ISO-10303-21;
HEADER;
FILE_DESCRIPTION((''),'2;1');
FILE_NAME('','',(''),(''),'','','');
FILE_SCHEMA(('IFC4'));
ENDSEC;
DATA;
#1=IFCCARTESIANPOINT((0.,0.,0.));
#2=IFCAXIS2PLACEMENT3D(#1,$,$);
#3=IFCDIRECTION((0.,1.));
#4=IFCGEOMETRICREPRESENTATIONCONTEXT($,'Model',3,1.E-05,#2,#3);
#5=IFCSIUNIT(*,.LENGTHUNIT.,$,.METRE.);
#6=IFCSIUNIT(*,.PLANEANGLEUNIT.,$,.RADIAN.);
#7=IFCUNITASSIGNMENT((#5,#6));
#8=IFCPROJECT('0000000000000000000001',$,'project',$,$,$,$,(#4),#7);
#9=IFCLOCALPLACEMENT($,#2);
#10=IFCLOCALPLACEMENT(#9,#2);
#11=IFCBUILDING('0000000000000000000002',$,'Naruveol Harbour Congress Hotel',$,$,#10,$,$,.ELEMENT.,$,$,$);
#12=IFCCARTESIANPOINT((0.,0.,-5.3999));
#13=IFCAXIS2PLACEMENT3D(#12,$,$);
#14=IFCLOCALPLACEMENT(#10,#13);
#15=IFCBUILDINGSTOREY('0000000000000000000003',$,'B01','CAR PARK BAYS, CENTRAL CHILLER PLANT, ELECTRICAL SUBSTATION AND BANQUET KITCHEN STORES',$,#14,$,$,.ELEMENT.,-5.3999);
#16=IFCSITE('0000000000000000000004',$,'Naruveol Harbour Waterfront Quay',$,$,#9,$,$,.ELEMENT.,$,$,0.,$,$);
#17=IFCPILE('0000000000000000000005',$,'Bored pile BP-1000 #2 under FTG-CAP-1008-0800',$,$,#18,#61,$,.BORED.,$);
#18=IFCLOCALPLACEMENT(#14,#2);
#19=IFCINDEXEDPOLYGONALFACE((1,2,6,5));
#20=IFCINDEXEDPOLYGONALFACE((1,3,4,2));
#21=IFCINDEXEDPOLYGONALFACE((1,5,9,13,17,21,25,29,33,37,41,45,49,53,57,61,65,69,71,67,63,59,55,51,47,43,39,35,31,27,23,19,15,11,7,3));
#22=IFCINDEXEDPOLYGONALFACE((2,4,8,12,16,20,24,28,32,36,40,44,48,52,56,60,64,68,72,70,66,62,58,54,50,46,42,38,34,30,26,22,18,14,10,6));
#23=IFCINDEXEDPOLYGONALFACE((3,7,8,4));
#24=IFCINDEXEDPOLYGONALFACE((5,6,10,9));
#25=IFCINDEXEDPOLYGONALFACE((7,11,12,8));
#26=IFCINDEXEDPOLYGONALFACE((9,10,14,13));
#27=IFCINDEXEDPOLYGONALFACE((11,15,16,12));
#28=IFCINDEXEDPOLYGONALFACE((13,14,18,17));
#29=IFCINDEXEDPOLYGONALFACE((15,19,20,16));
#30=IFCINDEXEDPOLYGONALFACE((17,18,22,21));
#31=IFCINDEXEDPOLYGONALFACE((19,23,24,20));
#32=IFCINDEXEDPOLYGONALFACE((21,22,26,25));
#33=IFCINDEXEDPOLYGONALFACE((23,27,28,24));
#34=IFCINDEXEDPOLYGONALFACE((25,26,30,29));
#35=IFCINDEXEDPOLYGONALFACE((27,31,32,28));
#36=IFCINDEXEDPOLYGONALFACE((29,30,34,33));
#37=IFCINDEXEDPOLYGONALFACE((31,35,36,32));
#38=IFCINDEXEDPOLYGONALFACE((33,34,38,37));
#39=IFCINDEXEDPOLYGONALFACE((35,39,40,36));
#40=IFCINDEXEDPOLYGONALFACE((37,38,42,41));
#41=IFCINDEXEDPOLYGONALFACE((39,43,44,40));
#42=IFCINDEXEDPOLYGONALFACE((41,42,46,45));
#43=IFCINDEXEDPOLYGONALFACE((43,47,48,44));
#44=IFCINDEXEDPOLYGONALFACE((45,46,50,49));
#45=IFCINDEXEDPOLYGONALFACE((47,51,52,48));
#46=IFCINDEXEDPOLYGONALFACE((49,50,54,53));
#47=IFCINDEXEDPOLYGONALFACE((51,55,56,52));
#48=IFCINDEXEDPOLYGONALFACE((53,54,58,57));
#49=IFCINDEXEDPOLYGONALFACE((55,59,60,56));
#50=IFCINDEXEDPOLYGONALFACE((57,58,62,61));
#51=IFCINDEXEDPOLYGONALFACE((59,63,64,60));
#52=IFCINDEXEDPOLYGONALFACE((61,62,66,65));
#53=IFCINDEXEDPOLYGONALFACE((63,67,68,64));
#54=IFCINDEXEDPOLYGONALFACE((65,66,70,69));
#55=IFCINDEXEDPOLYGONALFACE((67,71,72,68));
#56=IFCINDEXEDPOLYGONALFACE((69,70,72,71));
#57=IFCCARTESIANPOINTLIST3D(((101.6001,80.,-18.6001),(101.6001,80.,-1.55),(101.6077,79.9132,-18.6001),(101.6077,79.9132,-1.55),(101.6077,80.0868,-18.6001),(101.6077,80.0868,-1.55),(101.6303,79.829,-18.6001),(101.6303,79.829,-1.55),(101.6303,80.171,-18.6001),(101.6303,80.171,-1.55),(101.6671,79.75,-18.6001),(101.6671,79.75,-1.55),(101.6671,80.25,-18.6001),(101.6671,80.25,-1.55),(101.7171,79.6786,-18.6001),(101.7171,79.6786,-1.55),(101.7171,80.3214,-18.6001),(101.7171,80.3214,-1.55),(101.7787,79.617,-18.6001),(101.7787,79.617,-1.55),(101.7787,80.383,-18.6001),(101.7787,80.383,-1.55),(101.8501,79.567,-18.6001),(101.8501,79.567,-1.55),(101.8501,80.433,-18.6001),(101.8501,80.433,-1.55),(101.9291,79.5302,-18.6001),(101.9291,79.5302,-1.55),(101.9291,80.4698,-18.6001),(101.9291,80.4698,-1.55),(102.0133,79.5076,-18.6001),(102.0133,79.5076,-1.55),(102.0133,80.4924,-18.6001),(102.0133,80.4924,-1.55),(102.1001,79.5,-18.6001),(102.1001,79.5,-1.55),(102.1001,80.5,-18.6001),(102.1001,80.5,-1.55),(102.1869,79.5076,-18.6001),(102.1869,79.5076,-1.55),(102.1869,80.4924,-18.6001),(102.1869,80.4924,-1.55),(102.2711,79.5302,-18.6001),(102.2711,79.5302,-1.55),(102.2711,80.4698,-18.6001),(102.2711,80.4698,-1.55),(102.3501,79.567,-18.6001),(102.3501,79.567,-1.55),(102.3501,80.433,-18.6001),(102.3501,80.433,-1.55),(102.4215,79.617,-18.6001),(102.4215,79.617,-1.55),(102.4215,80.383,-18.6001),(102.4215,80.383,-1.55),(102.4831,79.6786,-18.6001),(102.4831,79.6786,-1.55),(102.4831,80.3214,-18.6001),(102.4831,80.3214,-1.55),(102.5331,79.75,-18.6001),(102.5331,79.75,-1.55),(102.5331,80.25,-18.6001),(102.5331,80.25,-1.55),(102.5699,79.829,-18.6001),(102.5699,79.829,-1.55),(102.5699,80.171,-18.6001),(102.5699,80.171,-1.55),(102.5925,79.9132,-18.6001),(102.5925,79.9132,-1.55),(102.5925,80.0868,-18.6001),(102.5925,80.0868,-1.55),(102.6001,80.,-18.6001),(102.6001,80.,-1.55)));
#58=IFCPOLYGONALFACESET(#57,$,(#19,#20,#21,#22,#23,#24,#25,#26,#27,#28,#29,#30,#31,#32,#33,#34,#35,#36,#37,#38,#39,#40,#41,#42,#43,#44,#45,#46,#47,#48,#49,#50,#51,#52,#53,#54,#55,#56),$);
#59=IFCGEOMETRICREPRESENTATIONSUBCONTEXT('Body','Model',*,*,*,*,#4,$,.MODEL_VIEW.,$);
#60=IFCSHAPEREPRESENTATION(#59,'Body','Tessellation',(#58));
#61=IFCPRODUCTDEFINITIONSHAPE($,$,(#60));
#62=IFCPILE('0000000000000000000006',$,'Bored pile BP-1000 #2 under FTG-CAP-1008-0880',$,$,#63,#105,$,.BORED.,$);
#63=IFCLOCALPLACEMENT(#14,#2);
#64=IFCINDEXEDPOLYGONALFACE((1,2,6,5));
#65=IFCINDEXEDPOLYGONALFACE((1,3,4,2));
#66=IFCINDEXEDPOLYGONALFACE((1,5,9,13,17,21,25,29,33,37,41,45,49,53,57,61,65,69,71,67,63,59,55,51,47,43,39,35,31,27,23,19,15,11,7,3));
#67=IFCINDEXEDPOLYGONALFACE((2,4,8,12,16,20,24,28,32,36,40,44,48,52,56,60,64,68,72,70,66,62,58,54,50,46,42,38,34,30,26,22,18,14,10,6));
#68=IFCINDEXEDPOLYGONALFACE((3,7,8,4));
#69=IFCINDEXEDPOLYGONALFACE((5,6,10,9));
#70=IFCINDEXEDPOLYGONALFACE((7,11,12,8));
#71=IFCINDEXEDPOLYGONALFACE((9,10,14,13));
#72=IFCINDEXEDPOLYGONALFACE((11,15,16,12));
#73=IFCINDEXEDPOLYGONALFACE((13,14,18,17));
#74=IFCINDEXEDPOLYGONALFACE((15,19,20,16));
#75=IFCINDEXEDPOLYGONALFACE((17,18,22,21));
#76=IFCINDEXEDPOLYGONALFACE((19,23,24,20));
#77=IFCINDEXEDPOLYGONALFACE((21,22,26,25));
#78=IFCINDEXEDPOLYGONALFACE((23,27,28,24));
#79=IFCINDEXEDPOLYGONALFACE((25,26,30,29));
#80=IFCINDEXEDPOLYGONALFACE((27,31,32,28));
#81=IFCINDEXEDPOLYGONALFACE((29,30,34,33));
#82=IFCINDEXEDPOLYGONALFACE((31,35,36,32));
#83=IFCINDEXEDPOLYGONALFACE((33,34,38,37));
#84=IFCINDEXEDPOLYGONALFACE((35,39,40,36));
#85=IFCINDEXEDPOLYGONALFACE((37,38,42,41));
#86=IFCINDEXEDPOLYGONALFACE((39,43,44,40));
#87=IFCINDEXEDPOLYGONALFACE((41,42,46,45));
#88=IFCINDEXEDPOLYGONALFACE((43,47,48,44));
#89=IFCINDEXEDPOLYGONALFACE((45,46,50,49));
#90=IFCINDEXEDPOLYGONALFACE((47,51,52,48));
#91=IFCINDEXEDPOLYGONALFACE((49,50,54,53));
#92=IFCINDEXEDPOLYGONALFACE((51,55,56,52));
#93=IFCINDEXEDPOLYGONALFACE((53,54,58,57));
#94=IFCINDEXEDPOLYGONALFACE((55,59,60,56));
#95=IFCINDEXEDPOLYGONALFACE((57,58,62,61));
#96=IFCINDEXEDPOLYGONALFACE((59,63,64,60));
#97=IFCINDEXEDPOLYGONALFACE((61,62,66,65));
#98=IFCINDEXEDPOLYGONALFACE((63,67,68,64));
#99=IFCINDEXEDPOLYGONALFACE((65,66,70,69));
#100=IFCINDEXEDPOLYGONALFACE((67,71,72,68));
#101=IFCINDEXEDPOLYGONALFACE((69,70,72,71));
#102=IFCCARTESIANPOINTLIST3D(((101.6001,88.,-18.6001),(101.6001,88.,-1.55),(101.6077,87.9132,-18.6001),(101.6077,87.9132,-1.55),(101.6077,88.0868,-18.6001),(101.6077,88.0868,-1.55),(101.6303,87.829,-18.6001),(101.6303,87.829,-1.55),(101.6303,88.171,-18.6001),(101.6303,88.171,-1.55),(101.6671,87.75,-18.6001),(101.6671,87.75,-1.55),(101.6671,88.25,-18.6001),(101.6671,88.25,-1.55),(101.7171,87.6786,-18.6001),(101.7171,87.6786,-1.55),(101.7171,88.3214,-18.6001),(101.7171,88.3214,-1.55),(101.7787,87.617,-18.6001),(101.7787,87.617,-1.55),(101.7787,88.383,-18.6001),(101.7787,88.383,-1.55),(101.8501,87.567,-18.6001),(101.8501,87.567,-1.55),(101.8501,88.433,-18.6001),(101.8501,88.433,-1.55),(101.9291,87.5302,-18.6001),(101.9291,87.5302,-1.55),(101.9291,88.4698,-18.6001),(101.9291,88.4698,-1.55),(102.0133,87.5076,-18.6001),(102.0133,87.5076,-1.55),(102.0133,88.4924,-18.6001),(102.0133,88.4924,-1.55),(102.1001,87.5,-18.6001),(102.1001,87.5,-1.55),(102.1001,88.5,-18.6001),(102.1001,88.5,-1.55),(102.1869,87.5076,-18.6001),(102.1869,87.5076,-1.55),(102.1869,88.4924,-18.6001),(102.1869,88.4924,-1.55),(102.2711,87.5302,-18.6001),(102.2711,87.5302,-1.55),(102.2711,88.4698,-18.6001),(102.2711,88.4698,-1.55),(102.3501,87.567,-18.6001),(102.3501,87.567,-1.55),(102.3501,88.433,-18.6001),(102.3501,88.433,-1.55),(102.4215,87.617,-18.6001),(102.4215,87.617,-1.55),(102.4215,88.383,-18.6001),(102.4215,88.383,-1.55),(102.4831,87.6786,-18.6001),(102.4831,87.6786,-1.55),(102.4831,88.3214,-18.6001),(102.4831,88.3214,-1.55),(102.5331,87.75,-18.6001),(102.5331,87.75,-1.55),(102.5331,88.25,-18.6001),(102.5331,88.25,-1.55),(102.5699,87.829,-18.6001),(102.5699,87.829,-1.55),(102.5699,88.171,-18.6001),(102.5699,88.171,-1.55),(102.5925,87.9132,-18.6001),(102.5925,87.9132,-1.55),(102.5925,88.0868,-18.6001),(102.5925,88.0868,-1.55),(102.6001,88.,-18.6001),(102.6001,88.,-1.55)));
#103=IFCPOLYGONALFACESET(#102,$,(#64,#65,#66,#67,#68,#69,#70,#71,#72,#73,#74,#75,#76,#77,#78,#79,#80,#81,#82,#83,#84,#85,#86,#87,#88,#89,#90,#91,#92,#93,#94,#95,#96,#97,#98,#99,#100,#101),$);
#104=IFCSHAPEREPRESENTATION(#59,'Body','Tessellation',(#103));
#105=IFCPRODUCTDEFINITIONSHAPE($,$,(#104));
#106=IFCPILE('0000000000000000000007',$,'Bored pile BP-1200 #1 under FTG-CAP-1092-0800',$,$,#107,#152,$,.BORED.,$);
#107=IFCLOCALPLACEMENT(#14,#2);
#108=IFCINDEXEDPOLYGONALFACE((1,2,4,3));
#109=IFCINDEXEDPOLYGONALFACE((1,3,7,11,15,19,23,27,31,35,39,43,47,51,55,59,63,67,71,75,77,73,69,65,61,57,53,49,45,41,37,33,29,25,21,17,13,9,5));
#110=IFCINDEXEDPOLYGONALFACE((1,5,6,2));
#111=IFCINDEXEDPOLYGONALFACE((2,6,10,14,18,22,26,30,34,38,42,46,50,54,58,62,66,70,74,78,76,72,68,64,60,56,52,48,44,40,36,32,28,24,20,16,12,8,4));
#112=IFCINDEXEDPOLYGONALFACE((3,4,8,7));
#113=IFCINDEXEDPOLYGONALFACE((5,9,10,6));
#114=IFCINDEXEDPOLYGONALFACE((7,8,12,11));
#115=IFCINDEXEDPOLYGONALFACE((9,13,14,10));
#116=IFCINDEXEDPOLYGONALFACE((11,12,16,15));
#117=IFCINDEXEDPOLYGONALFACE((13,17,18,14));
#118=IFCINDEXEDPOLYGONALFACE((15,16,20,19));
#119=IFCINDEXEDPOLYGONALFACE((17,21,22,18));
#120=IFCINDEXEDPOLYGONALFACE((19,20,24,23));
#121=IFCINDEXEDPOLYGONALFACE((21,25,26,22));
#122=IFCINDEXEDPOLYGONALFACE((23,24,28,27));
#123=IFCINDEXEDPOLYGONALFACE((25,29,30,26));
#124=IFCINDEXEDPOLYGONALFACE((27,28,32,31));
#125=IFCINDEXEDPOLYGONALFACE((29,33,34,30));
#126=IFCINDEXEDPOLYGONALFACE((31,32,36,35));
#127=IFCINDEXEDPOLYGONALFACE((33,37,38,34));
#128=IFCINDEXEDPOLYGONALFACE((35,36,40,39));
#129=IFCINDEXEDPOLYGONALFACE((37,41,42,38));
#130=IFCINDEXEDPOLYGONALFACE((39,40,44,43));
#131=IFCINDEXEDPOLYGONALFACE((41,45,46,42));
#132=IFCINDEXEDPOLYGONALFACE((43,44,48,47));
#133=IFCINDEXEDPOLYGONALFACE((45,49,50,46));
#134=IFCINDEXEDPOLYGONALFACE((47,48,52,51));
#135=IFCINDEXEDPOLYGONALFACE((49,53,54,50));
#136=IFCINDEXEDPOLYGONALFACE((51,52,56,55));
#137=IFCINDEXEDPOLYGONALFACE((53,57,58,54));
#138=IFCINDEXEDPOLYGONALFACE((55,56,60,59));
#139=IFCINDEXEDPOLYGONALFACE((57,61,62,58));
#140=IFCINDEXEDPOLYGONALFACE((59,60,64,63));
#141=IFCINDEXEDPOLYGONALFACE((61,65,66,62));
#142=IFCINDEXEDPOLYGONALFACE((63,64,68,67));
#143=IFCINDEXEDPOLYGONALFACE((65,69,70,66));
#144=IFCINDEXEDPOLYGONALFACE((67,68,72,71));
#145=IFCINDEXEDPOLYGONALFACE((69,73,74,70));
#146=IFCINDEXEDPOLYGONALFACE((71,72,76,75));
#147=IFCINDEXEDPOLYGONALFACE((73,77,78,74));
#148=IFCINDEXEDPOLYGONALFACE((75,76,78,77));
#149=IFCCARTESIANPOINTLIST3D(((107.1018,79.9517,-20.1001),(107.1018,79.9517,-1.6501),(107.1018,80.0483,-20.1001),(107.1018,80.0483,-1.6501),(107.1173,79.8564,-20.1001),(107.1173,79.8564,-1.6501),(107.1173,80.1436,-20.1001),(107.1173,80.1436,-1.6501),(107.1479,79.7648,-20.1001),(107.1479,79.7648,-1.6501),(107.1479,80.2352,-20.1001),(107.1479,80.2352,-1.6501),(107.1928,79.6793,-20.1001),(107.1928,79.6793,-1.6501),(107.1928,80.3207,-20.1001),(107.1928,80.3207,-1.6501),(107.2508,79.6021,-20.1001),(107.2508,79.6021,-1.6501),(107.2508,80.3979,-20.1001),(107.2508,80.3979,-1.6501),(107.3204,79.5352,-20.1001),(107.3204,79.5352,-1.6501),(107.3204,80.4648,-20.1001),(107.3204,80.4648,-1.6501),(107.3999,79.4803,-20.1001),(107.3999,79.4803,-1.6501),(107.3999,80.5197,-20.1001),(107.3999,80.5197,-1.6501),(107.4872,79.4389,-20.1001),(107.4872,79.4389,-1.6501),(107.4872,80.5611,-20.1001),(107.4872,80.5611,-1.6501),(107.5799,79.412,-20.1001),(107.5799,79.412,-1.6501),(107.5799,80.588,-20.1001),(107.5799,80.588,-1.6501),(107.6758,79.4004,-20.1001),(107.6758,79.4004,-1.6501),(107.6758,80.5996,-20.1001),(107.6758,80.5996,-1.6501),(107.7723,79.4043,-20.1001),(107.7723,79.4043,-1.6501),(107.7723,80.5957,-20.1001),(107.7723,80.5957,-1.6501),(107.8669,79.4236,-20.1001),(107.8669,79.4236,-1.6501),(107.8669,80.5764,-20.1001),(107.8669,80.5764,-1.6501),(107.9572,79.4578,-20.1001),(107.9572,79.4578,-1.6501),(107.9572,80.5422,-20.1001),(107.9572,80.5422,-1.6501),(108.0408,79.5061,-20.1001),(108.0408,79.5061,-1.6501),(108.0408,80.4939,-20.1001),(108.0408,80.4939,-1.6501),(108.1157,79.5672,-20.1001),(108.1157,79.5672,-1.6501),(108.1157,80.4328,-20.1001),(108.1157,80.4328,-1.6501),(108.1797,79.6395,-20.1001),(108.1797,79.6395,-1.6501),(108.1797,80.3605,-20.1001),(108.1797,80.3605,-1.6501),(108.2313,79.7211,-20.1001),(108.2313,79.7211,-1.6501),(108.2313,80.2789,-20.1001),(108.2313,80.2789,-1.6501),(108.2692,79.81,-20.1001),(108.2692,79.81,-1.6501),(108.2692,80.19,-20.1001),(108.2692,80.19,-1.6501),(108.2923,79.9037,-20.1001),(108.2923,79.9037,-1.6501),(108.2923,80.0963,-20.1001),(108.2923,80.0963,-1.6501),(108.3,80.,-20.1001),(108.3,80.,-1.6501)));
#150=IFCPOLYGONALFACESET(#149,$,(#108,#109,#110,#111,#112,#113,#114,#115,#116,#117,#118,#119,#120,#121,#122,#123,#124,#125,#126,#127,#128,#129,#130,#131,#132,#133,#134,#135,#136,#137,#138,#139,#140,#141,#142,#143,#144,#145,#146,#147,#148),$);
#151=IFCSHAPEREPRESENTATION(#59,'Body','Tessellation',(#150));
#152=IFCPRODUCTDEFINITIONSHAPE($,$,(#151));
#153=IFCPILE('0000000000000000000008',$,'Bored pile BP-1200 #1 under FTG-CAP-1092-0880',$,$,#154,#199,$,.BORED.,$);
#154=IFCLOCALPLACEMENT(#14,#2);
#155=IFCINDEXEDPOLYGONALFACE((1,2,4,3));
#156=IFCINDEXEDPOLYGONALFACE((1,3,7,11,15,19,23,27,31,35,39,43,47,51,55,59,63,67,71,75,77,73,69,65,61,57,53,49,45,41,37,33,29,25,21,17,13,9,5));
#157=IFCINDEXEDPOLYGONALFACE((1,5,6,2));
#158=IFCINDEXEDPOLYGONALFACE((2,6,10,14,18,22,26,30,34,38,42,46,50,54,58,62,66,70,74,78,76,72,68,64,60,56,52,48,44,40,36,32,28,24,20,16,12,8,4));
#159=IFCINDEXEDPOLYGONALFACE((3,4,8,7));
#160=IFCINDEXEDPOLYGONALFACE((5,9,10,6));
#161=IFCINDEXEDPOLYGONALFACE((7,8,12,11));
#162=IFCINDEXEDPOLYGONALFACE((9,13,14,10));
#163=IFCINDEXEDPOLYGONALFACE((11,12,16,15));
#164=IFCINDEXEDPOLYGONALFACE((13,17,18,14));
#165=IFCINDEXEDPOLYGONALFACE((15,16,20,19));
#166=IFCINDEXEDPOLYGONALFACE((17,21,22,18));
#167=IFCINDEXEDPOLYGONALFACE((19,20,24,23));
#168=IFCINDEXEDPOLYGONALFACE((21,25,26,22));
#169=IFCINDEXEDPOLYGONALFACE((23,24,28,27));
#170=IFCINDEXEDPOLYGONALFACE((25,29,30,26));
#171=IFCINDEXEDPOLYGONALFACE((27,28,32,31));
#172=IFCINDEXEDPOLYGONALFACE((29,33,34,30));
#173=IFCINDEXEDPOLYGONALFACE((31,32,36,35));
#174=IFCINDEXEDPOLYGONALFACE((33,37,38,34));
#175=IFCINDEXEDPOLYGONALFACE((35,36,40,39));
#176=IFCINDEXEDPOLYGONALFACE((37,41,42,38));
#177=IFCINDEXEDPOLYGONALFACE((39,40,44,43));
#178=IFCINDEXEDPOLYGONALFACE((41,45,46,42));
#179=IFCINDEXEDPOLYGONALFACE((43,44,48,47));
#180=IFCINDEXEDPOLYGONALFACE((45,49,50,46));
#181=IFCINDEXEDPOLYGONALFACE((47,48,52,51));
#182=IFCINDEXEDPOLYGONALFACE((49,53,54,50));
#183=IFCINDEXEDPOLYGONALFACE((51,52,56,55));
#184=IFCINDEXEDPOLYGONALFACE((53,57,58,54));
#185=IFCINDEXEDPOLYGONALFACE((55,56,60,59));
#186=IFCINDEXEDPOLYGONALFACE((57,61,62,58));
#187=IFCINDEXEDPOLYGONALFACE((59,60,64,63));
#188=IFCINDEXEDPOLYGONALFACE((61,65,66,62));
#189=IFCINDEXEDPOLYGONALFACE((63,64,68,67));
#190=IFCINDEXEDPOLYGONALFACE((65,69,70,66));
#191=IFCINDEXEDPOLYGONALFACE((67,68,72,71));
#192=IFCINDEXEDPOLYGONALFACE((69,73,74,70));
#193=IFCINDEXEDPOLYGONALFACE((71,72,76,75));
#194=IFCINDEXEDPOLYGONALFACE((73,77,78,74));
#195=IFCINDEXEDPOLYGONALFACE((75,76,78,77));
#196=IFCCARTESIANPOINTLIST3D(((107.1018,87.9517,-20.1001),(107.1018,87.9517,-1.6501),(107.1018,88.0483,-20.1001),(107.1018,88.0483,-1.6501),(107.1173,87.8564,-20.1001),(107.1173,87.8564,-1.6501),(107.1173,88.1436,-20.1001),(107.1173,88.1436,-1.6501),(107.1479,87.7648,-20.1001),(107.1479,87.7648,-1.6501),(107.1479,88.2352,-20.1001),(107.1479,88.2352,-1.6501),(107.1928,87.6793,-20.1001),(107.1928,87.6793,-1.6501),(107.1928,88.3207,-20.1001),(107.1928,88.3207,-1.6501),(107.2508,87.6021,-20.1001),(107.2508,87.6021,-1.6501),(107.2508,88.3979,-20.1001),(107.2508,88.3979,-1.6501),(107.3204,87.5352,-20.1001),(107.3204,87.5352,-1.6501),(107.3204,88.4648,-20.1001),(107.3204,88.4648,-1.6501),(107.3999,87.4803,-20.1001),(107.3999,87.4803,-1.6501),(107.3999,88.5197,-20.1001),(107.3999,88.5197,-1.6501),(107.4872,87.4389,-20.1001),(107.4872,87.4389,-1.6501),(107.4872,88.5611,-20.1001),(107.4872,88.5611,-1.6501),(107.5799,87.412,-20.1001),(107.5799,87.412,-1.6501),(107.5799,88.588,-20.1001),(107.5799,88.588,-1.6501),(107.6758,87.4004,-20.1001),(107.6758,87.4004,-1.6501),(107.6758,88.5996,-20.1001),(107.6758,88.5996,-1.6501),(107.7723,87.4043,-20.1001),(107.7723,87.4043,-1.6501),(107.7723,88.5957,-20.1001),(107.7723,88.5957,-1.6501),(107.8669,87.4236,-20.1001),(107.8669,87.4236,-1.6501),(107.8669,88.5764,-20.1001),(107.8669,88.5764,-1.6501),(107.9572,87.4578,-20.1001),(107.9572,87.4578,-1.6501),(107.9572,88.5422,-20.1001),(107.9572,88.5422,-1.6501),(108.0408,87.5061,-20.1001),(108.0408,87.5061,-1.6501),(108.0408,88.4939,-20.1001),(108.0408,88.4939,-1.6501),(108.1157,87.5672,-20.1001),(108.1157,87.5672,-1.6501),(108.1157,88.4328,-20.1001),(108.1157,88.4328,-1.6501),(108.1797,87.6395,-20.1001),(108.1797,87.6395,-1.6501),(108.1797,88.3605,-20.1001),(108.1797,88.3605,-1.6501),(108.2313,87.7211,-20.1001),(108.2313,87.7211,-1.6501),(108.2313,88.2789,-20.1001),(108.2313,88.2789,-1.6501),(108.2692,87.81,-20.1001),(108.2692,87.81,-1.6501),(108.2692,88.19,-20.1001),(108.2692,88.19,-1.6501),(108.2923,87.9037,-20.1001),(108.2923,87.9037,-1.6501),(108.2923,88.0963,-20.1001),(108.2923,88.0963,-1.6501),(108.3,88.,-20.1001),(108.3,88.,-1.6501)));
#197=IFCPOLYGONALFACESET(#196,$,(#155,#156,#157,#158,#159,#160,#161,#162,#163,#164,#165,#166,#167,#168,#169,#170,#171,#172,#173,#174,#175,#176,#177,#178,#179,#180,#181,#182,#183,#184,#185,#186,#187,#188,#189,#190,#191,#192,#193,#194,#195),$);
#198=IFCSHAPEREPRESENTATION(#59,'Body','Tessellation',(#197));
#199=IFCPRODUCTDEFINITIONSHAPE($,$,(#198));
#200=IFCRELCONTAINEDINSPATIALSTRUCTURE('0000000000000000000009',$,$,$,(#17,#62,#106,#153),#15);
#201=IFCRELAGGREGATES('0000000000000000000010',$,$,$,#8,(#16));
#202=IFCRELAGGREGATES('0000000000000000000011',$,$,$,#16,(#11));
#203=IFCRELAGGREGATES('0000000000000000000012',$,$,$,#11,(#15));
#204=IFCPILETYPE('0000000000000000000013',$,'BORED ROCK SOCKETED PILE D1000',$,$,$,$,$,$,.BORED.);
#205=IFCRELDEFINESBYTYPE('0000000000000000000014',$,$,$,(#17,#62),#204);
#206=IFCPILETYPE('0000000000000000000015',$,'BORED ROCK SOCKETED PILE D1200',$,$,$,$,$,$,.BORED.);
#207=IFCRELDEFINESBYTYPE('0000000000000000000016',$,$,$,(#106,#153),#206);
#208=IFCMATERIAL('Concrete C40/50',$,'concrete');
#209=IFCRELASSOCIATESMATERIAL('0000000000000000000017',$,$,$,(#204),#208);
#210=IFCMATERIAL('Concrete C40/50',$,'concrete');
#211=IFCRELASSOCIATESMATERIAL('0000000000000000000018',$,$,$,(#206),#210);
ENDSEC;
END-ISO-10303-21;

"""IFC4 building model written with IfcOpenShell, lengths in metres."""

from ifc_helpers import new_model, si_unit, direction, frame, origin, origin_2d, place, context, subcontext, project, spatial, circle, extrude, material, material_profile, profile_set, type_object, element, save


model = new_model("IFC4")

# Units and contexts
model_context = context("Model", 3, precision=1e-05, world=origin(), true_north=direction((0.0, 1.0)))
body_context = subcontext(model_context, "Body", "Model", "MODEL_VIEW")
ifc_project = project(units=[si_unit("LENGTHUNIT", "METRE"), si_unit("PLANEANGLEUNIT", "RADIAN")], contexts=[model_context])

# Site, building, storey
site_placement = place(None, origin())
site = spatial("IfcSite", under=ifc_project, at=site_placement, Name="Naruveol Harbour Waterfront Quay", CompositionType="ELEMENT", RefElevation=0.0)
building_placement = place(site_placement, origin())
building = spatial("IfcBuilding", under=site, at=building_placement, Name="Naruveol Harbour Congress Hotel", CompositionType="ELEMENT")
storey_placement = place(building_placement, frame((0.0, 0.0, -5.3999)))
storey = spatial("IfcBuildingStorey", under=building, at=storey_placement, Name="B01", Description="CAR PARK BAYS, CENTRAL CHILLER PLANT, ELECTRICAL SUBSTATION AND BANQUET KITCHEN STORES", CompositionType="ELEMENT", Elevation=-5.3999)

# Piles
ifc_material_1 = material(Name="Concrete C40/50", Category="concrete")
ifc_material_profile_1 = material_profile(ifc_material_1, circle(Radius=0.5, at=origin_2d()), Name="BP-1000")
ifc_profile_set_1 = profile_set([ifc_material_profile_1], Name="Concrete C40/50")
pile_type_1 = type_object("IfcPileType", Name="BORED ROCK SOCKETED PILE D1000", PredefinedType="BORED", material=ifc_profile_set_1)
for number, where, z_axis, x_axis, name in (
    (1, (102.1001, 80.0, -1.55), (0.0, 0.0, -1.0), (1.0, 0.0, 0.0), "Bored pile BP-1000 #2 under FTG-CAP-1008-0800"),
    (2, (102.1001, 88.0, -1.55), (0.0, 0.0, -1.0), (1.0, 0.0, 0.0), "Bored pile BP-1000 #2 under FTG-CAP-1008-0880"),
):
    element("IfcPile", number, at=place(storey_placement, frame(where, z_axis=z_axis, x_axis=x_axis)), inside=storey, type_object=pile_type_1, Name=name, PredefinedType="BORED", context=body_context, shape_type="SweptSolid", body=[
        extrude(circle(Radius=0.5, at=origin_2d()), origin(), (0.0, 0.0, 1.0), 17.05),
    ])
ifc_material_2 = material(Name="Concrete C40/50", Category="concrete")
ifc_material_profile_2 = material_profile(ifc_material_2, circle(Radius=0.6001, at=origin_2d()), Name="BP-1200")
ifc_profile_set_2 = profile_set([ifc_material_profile_2], Name="Concrete C40/50")
pile_type_2 = type_object("IfcPileType", Name="BORED ROCK SOCKETED PILE D1200", PredefinedType="BORED", material=ifc_profile_set_2)
for number, where, z_axis, x_axis, name in (
    (3, (107.7, 80.0, -1.6501), (0.0, 0.0, -1.0), (1.0, 0.0, 0.0), "Bored pile BP-1200 #1 under FTG-CAP-1092-0800"),
    (4, (107.7, 88.0, -1.6501), (0.0, 0.0, -1.0), (1.0, 0.0, 0.0), "Bored pile BP-1200 #1 under FTG-CAP-1092-0880"),
):
    element("IfcPile", number, at=place(storey_placement, frame(where, z_axis=z_axis, x_axis=x_axis)), inside=storey, type_object=pile_type_2, Name=name, PredefinedType="BORED", context=body_context, shape_type="SweptSolid", body=[
        extrude(circle(Radius=0.6001, at=origin_2d()), origin(), (0.0, 0.0, 1.0), 18.45),
    ])

save(model, "model.ifc")
